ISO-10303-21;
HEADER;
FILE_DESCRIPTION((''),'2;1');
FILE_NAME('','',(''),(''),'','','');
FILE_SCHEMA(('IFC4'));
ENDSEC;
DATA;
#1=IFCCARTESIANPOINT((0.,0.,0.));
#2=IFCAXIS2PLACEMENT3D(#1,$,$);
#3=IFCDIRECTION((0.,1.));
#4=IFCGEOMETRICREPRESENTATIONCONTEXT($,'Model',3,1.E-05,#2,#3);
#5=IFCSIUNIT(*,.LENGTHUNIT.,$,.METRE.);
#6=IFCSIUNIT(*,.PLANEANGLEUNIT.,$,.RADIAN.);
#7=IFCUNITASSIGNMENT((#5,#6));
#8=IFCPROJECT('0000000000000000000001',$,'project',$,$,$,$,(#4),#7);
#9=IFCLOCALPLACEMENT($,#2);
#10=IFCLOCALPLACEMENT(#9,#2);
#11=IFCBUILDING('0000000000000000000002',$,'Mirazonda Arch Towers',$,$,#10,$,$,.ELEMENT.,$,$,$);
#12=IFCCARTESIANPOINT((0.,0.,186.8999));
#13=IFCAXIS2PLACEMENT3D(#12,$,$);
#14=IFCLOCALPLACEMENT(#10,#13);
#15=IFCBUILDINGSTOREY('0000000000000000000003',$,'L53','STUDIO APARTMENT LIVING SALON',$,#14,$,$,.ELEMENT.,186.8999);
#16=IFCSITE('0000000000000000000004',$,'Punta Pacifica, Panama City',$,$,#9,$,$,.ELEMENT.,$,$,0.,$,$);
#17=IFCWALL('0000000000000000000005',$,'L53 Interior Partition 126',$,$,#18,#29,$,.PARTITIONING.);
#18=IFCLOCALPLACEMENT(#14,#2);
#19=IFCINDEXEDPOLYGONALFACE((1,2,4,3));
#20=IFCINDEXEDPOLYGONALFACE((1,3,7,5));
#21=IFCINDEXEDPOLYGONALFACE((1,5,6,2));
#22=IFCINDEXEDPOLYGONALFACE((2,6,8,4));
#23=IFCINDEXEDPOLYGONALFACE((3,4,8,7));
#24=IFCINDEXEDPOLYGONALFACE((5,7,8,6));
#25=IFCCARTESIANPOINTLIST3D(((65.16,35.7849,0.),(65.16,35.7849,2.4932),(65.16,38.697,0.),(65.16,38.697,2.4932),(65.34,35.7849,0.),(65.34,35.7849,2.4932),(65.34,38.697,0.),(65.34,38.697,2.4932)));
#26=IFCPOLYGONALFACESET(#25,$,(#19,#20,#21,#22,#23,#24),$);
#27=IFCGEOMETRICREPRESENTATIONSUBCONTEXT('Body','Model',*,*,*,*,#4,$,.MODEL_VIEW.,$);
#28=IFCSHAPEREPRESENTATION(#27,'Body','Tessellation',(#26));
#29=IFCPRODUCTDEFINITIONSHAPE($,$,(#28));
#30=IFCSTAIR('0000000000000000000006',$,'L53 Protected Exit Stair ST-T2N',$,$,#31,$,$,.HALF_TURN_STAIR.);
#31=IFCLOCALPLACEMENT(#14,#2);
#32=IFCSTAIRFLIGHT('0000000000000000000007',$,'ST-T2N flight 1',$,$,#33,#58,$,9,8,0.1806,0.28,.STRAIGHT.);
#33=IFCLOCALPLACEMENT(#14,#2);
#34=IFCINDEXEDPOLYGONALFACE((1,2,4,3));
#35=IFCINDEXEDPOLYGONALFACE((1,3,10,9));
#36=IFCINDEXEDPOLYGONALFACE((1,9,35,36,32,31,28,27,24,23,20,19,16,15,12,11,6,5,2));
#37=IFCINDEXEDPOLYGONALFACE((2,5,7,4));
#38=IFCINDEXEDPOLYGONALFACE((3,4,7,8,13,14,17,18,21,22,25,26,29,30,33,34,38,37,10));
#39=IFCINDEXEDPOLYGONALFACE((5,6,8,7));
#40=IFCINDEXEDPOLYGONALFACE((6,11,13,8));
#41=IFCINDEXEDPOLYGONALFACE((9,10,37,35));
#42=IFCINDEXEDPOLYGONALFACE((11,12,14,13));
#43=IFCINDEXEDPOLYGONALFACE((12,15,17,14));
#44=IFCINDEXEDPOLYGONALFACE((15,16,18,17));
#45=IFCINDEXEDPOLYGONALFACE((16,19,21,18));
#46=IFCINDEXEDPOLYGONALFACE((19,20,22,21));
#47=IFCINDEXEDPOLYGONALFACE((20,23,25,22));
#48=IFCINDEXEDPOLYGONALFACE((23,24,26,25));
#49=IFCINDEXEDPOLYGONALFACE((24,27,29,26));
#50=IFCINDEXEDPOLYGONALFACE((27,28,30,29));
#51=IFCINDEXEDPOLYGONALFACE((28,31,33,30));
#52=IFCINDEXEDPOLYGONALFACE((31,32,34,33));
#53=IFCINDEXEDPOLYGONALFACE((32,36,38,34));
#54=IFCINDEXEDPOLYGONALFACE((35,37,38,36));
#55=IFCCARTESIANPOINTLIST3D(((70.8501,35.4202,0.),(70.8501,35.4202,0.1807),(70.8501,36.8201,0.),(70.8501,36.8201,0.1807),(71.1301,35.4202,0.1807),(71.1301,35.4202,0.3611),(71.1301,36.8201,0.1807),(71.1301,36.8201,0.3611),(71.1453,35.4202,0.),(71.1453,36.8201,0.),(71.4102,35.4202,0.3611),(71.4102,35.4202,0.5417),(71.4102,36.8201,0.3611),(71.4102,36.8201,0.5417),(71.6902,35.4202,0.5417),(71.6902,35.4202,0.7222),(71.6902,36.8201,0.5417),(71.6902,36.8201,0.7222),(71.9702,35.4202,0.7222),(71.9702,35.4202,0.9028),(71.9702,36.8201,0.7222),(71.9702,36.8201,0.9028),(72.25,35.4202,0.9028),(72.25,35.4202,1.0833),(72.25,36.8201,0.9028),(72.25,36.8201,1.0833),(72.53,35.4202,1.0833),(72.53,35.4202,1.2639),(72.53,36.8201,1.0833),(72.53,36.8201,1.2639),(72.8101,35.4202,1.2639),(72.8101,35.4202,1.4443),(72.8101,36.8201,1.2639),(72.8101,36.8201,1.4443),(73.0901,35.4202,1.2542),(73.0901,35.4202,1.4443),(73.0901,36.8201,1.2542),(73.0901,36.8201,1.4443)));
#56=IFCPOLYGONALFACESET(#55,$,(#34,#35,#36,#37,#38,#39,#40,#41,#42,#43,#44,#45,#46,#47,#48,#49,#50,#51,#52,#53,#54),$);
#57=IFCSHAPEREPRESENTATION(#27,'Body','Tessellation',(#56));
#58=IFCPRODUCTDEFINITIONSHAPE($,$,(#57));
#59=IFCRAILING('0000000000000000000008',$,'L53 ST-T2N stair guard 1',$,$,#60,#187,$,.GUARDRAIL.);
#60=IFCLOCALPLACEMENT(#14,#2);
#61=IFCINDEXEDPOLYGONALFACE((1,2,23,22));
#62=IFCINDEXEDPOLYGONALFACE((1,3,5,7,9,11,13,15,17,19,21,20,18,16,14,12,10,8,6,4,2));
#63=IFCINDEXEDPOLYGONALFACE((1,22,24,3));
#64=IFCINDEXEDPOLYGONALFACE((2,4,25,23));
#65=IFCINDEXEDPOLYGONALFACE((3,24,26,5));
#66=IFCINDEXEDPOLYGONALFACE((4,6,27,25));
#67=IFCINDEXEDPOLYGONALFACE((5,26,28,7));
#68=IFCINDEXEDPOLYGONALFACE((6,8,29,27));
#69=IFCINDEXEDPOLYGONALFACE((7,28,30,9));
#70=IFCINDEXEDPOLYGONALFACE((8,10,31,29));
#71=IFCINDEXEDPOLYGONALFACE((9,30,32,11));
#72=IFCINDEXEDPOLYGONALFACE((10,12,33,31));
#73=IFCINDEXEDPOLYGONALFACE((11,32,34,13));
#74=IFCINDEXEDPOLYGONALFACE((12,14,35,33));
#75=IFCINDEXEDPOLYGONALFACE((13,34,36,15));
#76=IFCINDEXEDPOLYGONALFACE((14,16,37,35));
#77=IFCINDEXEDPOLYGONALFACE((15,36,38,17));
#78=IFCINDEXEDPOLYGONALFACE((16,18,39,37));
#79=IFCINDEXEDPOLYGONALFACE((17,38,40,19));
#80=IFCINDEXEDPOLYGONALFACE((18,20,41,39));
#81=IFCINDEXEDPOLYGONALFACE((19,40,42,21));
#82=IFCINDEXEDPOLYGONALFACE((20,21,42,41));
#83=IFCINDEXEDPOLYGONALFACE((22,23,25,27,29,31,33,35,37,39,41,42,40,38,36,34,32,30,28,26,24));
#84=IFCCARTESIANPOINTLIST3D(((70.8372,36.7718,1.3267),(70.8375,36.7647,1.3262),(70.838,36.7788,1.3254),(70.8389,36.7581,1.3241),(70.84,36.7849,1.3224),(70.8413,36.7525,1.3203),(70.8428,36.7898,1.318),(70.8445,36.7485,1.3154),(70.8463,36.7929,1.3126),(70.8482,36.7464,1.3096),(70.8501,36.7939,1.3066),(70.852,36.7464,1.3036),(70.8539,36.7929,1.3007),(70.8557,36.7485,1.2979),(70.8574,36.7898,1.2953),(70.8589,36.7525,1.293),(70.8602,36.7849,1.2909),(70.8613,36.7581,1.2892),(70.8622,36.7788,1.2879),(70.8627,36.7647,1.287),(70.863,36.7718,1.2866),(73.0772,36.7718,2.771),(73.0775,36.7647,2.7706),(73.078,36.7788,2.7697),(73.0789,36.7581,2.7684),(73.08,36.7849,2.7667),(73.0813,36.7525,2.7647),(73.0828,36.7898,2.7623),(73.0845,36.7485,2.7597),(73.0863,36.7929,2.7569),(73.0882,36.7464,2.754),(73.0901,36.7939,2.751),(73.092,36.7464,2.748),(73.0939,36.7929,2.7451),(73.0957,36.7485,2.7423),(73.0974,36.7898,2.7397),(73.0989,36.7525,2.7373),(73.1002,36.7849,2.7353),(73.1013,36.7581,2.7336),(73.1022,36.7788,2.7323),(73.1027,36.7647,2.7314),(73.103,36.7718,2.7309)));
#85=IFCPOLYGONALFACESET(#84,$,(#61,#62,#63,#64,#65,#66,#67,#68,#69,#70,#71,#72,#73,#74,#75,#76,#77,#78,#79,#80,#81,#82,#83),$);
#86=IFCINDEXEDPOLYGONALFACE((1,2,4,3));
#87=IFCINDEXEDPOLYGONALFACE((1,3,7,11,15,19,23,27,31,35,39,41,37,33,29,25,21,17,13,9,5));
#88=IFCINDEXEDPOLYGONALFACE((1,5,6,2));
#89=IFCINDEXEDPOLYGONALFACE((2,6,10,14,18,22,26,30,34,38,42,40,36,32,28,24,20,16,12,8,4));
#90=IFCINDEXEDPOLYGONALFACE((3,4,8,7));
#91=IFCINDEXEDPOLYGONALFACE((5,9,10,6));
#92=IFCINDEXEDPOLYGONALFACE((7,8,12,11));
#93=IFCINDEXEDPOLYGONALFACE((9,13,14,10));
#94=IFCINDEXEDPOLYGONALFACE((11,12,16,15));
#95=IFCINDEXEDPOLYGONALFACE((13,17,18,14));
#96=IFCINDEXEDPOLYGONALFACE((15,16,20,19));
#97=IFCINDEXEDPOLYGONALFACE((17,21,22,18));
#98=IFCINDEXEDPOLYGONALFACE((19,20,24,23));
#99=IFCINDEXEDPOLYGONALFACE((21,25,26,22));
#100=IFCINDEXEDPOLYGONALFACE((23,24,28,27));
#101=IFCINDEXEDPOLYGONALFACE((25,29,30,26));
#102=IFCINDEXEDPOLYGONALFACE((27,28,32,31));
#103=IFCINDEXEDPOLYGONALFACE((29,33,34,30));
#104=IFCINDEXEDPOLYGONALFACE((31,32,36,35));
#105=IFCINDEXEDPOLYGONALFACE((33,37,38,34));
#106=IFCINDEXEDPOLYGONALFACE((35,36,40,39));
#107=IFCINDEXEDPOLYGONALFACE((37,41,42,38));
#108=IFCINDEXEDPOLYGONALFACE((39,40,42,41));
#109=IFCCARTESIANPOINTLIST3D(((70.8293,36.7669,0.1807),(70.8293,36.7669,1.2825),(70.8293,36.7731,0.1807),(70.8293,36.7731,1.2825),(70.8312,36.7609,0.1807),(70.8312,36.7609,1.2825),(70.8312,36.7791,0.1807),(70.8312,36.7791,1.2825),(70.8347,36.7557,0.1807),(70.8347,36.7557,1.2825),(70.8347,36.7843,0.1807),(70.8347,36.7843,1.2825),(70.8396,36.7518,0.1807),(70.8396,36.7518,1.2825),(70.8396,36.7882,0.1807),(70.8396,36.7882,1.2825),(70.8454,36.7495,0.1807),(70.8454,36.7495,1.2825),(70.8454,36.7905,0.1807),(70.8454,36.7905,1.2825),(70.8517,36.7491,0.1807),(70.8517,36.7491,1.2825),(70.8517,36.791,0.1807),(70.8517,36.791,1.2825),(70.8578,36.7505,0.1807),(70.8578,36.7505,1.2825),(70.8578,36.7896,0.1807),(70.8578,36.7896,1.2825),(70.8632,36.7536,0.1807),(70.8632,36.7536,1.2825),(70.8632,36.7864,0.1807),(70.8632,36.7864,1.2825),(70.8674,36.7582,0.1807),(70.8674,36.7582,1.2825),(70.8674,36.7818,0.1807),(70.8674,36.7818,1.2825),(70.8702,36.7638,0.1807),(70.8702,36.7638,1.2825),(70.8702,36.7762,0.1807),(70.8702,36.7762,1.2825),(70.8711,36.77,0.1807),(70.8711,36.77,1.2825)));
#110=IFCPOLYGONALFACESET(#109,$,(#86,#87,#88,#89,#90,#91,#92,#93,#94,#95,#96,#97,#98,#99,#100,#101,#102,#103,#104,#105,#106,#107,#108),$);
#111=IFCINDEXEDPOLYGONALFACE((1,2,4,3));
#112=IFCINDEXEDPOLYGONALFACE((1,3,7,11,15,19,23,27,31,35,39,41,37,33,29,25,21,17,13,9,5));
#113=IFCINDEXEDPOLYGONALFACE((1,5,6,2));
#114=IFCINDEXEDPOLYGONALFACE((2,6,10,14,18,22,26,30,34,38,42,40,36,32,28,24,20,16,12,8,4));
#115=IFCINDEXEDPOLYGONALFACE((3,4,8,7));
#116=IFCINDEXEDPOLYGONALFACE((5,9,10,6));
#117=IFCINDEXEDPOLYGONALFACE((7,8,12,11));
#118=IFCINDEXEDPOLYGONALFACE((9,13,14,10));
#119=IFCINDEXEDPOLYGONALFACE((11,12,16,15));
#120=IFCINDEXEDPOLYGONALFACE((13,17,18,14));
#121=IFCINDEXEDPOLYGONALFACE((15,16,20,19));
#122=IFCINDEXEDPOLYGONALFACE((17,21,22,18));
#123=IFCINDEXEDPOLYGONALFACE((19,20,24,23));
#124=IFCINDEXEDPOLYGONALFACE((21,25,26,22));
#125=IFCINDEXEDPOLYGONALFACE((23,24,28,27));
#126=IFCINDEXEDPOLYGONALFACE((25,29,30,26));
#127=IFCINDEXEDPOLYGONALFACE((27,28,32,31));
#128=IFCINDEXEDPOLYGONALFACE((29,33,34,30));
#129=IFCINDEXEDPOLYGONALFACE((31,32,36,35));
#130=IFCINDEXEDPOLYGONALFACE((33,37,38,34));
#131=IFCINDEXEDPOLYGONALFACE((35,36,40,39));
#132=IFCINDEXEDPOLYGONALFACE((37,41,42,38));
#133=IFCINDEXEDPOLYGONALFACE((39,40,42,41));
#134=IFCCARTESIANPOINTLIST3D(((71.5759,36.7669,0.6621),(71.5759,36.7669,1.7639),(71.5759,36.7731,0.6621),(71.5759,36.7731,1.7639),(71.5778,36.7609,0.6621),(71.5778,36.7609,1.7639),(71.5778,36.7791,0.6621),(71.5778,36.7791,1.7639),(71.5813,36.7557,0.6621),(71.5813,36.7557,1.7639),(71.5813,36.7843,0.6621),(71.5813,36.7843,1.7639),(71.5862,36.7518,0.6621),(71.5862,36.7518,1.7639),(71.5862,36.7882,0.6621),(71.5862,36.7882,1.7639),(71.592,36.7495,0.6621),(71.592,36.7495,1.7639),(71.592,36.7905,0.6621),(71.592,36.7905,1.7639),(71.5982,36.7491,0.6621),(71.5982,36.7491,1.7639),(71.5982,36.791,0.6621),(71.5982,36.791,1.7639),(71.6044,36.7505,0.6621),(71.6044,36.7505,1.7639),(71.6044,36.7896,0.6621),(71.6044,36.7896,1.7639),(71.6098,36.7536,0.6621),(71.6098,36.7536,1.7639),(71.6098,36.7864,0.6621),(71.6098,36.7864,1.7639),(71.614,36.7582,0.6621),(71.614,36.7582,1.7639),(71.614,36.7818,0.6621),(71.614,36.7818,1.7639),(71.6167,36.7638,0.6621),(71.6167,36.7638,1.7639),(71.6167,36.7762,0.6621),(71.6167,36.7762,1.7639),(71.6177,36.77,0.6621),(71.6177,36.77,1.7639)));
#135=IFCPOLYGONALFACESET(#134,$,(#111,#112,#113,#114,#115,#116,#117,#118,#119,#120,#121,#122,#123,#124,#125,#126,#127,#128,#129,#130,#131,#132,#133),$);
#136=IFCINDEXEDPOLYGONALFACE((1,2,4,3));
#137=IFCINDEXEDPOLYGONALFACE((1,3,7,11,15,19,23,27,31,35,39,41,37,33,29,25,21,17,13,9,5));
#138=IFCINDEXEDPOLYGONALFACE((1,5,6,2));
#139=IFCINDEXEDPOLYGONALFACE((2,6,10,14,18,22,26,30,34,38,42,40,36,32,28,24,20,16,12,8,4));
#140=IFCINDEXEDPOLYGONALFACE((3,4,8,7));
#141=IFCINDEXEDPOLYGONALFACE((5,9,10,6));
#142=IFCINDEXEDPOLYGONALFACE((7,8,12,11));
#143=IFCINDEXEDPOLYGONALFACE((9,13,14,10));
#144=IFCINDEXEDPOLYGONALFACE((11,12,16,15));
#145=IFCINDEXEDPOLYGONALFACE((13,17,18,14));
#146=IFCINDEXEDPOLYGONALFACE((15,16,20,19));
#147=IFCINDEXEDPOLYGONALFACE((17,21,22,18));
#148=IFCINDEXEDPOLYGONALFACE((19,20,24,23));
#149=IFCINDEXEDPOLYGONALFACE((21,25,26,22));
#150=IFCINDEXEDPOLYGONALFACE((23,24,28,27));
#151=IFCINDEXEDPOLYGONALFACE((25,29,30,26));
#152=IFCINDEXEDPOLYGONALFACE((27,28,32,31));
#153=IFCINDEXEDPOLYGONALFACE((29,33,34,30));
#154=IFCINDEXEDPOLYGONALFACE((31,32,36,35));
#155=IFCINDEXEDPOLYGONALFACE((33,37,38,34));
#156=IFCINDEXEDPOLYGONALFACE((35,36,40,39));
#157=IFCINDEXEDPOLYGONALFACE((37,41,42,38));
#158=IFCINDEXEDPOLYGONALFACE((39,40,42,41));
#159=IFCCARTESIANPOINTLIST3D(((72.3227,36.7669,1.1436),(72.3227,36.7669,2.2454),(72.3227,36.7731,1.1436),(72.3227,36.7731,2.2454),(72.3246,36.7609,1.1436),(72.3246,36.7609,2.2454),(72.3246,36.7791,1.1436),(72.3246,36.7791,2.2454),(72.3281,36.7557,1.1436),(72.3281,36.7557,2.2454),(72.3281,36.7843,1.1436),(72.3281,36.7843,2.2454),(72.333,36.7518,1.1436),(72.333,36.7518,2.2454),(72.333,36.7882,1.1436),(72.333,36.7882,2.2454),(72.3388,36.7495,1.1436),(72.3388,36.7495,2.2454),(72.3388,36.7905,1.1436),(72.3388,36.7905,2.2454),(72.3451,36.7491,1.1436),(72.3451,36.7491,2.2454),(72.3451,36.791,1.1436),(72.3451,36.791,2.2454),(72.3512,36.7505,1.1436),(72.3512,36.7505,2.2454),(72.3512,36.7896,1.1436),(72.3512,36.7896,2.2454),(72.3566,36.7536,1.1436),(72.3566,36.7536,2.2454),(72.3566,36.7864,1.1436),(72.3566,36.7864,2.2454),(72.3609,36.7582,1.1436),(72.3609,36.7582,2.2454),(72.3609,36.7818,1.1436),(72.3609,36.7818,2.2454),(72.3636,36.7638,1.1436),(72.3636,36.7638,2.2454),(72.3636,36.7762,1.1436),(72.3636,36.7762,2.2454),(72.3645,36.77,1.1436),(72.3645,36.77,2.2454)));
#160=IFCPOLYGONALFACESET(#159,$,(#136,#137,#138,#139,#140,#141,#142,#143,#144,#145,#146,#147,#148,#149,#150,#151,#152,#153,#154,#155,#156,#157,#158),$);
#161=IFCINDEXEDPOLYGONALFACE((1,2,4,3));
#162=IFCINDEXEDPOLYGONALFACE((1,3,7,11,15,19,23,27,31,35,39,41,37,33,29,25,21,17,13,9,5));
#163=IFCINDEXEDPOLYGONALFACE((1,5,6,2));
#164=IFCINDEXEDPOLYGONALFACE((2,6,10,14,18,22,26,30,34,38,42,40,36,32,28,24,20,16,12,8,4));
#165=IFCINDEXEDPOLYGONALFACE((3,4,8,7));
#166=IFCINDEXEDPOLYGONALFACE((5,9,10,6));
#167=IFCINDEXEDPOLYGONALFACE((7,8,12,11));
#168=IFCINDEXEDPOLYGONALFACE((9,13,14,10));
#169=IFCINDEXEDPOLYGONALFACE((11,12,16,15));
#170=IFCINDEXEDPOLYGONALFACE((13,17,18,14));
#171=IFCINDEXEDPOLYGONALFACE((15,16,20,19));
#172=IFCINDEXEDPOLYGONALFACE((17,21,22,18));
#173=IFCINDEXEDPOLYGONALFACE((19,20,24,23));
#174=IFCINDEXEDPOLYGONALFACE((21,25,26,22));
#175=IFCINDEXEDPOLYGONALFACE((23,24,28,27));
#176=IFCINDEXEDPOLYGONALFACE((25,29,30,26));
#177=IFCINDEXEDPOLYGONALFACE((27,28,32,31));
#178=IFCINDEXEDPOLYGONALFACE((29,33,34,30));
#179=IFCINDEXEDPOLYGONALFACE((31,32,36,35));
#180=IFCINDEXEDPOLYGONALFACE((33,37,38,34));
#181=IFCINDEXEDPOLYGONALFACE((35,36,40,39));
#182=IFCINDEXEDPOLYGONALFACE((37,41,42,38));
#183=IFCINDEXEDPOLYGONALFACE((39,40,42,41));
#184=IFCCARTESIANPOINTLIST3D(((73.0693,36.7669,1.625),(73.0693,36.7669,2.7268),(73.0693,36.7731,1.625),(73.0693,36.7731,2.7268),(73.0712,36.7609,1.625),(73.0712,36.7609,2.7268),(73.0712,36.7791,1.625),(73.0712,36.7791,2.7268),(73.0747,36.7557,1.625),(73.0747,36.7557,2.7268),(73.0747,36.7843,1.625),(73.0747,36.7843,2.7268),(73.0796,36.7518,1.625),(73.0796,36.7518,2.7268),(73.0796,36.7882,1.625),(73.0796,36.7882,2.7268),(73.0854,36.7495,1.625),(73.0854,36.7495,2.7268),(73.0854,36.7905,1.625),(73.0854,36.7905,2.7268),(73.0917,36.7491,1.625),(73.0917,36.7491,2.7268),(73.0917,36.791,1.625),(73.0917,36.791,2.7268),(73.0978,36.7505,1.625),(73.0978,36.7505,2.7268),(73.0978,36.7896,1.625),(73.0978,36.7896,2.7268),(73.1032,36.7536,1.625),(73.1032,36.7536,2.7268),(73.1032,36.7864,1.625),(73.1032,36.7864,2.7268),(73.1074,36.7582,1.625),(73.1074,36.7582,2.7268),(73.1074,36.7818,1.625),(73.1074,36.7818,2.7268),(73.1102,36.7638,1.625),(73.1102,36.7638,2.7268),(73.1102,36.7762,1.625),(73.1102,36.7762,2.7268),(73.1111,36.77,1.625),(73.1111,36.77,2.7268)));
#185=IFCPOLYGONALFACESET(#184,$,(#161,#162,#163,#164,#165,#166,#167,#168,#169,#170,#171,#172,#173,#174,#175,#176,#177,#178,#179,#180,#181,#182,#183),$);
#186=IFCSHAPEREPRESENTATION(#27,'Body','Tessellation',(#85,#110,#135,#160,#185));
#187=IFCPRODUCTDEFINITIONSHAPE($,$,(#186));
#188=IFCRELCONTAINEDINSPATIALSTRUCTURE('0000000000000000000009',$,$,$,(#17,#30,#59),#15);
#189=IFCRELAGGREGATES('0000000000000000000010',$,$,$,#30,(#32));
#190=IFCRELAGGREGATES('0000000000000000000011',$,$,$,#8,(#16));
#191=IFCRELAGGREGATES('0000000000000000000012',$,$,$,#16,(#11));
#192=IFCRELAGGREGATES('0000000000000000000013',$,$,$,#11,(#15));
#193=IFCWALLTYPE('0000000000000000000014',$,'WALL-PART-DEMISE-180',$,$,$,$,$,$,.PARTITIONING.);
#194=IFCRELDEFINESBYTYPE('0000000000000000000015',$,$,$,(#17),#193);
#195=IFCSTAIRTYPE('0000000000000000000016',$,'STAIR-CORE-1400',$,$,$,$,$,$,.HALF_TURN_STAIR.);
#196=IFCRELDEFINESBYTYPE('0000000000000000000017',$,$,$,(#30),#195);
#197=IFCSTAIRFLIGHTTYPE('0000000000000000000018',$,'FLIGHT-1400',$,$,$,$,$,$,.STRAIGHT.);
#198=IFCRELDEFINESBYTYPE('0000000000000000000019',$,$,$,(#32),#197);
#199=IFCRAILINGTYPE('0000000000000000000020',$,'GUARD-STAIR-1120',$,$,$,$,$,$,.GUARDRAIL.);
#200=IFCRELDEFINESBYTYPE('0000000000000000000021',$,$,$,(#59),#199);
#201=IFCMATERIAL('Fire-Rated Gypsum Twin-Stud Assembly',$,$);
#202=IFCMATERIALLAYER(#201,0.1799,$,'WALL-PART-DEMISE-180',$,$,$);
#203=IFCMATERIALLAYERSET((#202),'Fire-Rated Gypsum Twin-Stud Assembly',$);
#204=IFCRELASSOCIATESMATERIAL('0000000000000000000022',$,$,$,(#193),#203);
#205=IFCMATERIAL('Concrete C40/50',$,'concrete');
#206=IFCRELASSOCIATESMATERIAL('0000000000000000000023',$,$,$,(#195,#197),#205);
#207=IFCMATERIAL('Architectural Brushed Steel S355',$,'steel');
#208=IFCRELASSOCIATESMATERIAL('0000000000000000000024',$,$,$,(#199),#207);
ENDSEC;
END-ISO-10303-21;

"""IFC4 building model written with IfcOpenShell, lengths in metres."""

from ifc_helpers import new_model, si_unit, direction, frame, frame_2d, origin, origin_2d, place, context, subcontext, project, spatial, polyline, rectangle, circle, outline, extrude, material, layer, layer_set, type_object, element, aggregate, save


model = new_model("IFC4")

# Units and contexts
model_context = context("Model", 3, precision=1e-05, world=origin(), true_north=direction((0.0, 1.0)))
body_context = subcontext(model_context, "Body", "Model", "MODEL_VIEW")
ifc_project = project(units=[si_unit("LENGTHUNIT", "METRE"), si_unit("PLANEANGLEUNIT", "RADIAN")], contexts=[model_context])

# Site, building, storey
site_placement = place(None, origin())
site = spatial("IfcSite", under=ifc_project, at=site_placement, Name="Punta Pacifica, Panama City", CompositionType="ELEMENT", RefElevation=0.0)
building_placement = place(site_placement, origin())
building = spatial("IfcBuilding", under=site, at=building_placement, Name="Mirazonda Arch Towers", CompositionType="ELEMENT")
storey_placement = place(building_placement, frame((0.0, 0.0, 186.8999)))
storey = spatial("IfcBuildingStorey", under=building, at=storey_placement, Name="L53", Description="STUDIO APARTMENT LIVING SALON", CompositionType="ELEMENT", Elevation=186.8999)

# Wall
ifc_material_1 = material(Name="Fire-Rated Gypsum Twin-Stud Assembly")
ifc_layer_1 = layer(ifc_material_1, 0.1799, Name="WALL-PART-DEMISE-180")
ifc_layer_set_1 = layer_set([ifc_layer_1], Name="Fire-Rated Gypsum Twin-Stud Assembly")
wall_type_1 = type_object("IfcWallType", Name="WALL-PART-DEMISE-180", PredefinedType="PARTITIONING", material=ifc_layer_set_1)
wall_1_placement = place(storey_placement, frame((65.25, 35.7849, 0.0), z_axis=(0.0, 0.0, 1.0), x_axis=(0.0, 1.0, 0.0)))
element("IfcWall", 1, at=wall_1_placement, inside=storey, type_object=wall_type_1, Name="L53 Interior Partition 126", PredefinedType="PARTITIONING", context=body_context, shape_type="SweptSolid", body=[
    extrude(rectangle(XDim=2.9121, YDim=0.1799, at=frame_2d((1.4561, 0.0))), origin(), (0.0, 0.0, 1.0), 2.4932),
])

# Stair, stair flight
ifc_material_2 = material(Name="Concrete C40/50", Category="concrete")
stair_type = type_object("IfcStairType", Name="STAIR-CORE-1400", PredefinedType="HALF_TURN_STAIR", material=ifc_material_2)
stair_placement = place(storey_placement, origin())
stair = element("IfcStair", 2, at=stair_placement, inside=storey, type_object=stair_type, Name="L53 Protected Exit Stair ST-T2N", PredefinedType="HALF_TURN_STAIR")
stair_flight_type = type_object("IfcStairFlightType", Name="FLIGHT-1400", PredefinedType="STRAIGHT", material=ifc_material_2)
stair_flight_placement = place(storey_placement, frame((70.8501, 36.1201, 0.0), z_axis=(0.0, 0.0, 1.0), x_axis=(1.0, 0.0, 0.0)))
stair_flight = element("IfcStairFlight", 3, at=stair_flight_placement, type_object=stair_flight_type, Name="ST-T2N flight 1", NumberOfRisers=9, NumberOfTreads=8, PredefinedType="STRAIGHT", RiserHeight=0.1806, TreadLength=0.28, context=body_context, shape_type="SweptSolid", body=[
    extrude(outline(polyline([(0.0, 0.0), (0.0, 0.1807), (0.28, 0.1807), (0.28, 0.3611), (0.5601, 0.3611), (0.5601, 0.5417), (0.8401, 0.5417), (0.8401, 0.7222), (1.1201, 0.7222), (1.1201, 0.9028), (1.3999, 0.9028), (1.3999, 1.0833), (1.6799, 1.0833), (1.6799, 1.2639), (1.96, 1.2639), (1.96, 1.4443), (2.24, 1.4443), (2.24, 1.625), (2.24, 1.2542), (0.2952, 0.0), (0.0, 0.0)])), frame((0.0, 0.7, 0.0), z_axis=(0.0, -1.0, 0.0), x_axis=(1.0, 0.0, 0.0)), (0.0, 0.0, 1.0), 1.3999),
])
aggregate(stair, [stair_flight])

# Railing
ifc_material_3 = material(Name="Architectural Brushed Steel S355", Category="steel")
railing_type_1 = type_object("IfcRailingType", Name="GUARD-STAIR-1120", PredefinedType="GUARDRAIL", material=ifc_material_3)
railing_1_placement = place(storey_placement, frame((70.8501, 36.77, 0.1807)))
element("IfcRailing", 4, at=railing_1_placement, inside=storey, type_object=railing_type_1, Name="L53 ST-T2N stair guard 1", PredefinedType="GUARDRAIL", context=body_context, shape_type="SweptSolid", body=[
    extrude(circle(Radius=0.0239, at=origin_2d()), frame((0.0, 0.0, 1.126), z_axis=(0.840437, 0.0, 0.54191), x_axis=(0.0, 1.0, 0.0)), (0.0, 0.0, 1.0), 2.6653),
    extrude(circle(Radius=0.021, at=origin_2d()), origin(), (0.0, 0.0, 1.0), 1.1018),
    extrude(circle(Radius=0.021, at=origin_2d()), frame((0.7466, 0.0, 0.4814)), (0.0, 0.0, 1.0), 1.1018),
    extrude(circle(Radius=0.021, at=origin_2d()), frame((1.4934, 0.0, 0.9629)), (0.0, 0.0, 1.0), 1.1018),
    extrude(circle(Radius=0.021, at=origin_2d()), frame((2.24, 0.0, 1.4443)), (0.0, 0.0, 1.0), 1.1018),
])

save(model, "model.ifc")
